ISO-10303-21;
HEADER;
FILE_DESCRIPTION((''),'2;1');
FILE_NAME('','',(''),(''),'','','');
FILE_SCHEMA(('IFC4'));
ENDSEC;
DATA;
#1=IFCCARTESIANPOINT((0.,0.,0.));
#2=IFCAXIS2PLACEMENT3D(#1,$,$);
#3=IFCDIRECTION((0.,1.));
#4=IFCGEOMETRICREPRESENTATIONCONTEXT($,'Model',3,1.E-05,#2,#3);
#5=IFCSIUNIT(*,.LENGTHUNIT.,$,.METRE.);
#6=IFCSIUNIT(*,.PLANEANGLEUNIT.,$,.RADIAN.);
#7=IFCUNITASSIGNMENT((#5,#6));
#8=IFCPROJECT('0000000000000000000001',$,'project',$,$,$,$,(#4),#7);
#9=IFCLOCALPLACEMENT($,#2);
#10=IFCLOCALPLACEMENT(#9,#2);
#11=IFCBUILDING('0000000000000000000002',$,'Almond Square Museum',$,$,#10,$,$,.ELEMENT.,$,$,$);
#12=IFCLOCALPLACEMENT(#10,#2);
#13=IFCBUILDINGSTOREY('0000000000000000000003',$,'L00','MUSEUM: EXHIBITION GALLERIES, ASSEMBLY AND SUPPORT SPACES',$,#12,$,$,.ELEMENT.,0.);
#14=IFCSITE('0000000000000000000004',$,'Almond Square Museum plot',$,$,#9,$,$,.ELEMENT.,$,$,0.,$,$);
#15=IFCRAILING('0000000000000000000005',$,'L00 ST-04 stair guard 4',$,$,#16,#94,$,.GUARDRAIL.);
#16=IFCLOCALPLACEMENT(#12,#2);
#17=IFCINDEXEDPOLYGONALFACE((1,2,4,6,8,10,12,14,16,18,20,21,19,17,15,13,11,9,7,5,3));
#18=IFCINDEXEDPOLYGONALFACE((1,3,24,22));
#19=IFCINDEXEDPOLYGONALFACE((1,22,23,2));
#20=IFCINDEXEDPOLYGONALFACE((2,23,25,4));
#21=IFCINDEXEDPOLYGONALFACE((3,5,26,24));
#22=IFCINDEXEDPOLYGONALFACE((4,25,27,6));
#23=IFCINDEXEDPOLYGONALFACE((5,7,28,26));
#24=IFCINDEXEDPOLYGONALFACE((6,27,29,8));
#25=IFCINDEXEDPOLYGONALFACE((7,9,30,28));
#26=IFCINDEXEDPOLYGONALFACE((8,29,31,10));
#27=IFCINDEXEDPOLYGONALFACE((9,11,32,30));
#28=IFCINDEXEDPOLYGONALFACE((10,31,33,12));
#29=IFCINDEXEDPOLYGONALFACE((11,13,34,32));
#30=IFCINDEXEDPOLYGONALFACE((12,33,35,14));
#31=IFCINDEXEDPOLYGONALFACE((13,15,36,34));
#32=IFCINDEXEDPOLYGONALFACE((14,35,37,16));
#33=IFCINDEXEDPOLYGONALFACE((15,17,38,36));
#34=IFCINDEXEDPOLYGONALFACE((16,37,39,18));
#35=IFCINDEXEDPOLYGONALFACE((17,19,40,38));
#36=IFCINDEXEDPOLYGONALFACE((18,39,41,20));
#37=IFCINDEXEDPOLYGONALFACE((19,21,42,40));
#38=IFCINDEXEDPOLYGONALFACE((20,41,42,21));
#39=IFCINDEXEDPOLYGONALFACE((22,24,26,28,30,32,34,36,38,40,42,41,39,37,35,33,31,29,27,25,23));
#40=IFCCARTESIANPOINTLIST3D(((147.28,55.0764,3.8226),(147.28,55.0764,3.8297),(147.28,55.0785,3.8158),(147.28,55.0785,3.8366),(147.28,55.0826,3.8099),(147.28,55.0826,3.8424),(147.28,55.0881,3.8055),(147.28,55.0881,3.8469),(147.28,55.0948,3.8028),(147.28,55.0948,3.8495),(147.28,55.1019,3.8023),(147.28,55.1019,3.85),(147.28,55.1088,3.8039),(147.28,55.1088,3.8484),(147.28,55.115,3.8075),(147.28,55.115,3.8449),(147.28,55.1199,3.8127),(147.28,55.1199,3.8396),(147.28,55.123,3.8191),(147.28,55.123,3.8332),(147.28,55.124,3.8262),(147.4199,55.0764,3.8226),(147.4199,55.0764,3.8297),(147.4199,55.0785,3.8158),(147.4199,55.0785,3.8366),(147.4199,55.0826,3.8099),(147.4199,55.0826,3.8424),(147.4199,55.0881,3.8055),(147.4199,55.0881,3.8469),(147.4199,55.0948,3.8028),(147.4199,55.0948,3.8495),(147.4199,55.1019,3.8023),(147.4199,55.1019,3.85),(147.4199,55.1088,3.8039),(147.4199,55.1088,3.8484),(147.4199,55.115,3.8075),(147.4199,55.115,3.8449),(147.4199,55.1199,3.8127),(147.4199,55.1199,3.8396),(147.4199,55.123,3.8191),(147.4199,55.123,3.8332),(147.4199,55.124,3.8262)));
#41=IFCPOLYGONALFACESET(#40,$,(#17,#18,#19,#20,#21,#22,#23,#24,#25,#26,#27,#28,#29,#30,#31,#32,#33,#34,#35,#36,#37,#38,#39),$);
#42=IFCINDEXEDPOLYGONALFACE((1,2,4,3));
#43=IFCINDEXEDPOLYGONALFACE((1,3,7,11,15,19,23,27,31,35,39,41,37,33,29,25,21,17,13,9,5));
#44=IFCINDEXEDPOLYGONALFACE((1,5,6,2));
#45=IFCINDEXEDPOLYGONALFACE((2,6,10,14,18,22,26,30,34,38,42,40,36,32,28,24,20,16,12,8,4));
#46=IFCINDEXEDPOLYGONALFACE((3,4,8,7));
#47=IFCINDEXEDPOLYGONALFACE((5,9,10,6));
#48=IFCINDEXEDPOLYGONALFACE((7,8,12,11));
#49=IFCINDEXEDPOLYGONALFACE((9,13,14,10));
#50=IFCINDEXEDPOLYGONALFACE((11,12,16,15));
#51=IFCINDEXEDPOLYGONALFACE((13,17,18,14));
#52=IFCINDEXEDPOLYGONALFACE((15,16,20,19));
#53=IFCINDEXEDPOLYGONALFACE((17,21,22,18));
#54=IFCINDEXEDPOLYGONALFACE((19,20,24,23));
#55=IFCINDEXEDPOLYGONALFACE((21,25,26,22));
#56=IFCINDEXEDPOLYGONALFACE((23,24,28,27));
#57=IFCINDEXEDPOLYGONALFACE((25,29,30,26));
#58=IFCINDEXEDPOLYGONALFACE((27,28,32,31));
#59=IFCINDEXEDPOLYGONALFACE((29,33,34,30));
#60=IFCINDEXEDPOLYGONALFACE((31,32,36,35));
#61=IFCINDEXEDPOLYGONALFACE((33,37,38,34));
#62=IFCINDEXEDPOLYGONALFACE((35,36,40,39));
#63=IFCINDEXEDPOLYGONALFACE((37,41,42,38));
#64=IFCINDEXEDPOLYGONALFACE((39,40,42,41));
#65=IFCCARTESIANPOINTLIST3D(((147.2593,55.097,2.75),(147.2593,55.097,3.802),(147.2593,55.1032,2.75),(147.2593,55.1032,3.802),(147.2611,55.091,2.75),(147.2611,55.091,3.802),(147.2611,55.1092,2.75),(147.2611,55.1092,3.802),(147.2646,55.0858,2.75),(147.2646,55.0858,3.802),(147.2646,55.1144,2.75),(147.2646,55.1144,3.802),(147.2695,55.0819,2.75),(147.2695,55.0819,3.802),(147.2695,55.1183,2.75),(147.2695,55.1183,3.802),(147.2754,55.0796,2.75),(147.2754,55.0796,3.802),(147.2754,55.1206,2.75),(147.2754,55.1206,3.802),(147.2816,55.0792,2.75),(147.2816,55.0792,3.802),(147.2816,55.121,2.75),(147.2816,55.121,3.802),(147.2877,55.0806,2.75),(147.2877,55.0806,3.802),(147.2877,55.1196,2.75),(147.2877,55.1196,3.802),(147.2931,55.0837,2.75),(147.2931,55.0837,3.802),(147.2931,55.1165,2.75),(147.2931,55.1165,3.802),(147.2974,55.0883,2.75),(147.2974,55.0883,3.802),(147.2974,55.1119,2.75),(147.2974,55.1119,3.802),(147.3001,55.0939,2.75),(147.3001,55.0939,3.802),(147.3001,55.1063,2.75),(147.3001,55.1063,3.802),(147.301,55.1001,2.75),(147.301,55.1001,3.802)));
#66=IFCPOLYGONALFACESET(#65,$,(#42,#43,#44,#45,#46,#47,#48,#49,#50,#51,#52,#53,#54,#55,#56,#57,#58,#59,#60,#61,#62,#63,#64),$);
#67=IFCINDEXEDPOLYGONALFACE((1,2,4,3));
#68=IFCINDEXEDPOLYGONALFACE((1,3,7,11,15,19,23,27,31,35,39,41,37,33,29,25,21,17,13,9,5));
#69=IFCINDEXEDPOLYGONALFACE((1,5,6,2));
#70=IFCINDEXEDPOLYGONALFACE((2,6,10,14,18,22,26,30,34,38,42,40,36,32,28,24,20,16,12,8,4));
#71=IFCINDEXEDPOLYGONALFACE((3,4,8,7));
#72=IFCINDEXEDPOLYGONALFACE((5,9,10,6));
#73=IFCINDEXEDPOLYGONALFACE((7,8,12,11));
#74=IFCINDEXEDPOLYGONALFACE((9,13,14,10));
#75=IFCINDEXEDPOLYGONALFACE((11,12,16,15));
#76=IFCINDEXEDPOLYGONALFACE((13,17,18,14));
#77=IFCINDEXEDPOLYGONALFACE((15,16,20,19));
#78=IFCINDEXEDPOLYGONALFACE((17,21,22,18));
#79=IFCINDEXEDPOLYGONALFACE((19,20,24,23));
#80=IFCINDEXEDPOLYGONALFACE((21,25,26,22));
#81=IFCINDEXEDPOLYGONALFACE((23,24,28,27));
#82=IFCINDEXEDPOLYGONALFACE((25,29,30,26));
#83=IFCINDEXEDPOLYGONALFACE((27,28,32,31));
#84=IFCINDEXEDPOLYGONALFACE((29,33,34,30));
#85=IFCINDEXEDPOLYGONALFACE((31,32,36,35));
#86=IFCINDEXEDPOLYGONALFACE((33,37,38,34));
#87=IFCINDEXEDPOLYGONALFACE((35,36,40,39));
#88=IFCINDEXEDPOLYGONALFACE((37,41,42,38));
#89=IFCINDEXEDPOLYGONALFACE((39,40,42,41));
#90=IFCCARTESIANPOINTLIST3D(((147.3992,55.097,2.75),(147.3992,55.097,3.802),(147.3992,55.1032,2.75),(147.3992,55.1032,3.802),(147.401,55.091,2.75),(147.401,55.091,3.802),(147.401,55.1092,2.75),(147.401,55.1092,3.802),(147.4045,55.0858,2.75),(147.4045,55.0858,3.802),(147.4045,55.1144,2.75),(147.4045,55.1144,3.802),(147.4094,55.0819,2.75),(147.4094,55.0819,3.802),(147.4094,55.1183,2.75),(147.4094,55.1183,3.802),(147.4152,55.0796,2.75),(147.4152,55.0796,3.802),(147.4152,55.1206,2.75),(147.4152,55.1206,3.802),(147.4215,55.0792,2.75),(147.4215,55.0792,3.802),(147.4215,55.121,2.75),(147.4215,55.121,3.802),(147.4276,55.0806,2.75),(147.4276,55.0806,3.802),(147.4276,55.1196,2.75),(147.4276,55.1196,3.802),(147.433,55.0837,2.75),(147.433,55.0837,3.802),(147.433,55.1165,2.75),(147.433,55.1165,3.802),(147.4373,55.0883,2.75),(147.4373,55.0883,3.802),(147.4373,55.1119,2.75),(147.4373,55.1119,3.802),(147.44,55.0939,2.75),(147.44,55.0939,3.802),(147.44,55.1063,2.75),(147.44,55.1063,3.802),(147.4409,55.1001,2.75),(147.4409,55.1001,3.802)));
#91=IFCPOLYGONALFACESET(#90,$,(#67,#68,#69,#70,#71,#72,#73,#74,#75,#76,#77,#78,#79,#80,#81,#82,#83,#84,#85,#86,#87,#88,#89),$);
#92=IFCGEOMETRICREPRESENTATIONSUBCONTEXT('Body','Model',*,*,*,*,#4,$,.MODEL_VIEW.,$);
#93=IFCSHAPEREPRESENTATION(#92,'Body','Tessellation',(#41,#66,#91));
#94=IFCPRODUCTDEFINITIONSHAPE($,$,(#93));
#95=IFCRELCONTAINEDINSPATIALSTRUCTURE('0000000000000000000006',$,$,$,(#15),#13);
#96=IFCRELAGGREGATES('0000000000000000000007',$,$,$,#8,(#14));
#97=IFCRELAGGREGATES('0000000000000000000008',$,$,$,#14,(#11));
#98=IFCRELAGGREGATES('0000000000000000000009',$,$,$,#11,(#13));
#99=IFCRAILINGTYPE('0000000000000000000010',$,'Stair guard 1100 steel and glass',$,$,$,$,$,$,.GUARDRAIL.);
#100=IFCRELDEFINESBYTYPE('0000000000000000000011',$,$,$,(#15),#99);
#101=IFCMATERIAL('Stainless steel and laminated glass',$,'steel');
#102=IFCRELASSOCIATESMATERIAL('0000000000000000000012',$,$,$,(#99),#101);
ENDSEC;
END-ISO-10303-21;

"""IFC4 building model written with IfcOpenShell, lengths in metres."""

from ifc_helpers import new_model, si_unit, direction, frame, origin, origin_2d, place, context, subcontext, project, spatial, circle, extrude, material, type_object, element, save


model = new_model("IFC4")

# Units and contexts
model_context = context("Model", 3, precision=1e-05, world=origin(), true_north=direction((0.0, 1.0)))
body_context = subcontext(model_context, "Body", "Model", "MODEL_VIEW")
ifc_project = project(units=[si_unit("LENGTHUNIT", "METRE"), si_unit("PLANEANGLEUNIT", "RADIAN")], contexts=[model_context])

# Site, building, storey
site_placement = place(None, origin())
site = spatial("IfcSite", under=ifc_project, at=site_placement, Name="Almond Square Museum plot", CompositionType="ELEMENT", RefElevation=0.0)
building_placement = place(site_placement, origin())
building = spatial("IfcBuilding", under=site, at=building_placement, Name="Almond Square Museum", CompositionType="ELEMENT")
storey_placement = place(building_placement, origin())
storey = spatial("IfcBuildingStorey", under=building, at=storey_placement, Name="L00", Description="MUSEUM: EXHIBITION GALLERIES, ASSEMBLY AND SUPPORT SPACES", CompositionType="ELEMENT", Elevation=0.0)

# Railing
ifc_material_1 = material(Name="Stainless steel and laminated glass", Category="steel")
railing_type_1 = type_object("IfcRailingType", Name="Stair guard 1100 steel and glass", PredefinedType="GUARDRAIL", material=ifc_material_1)
railing_1_placement = place(storey_placement, frame((147.28, 55.1001, 2.75)))
element("IfcRailing", 1, at=railing_1_placement, inside=storey, type_object=railing_type_1, Name="L00 ST-04 stair guard 4", PredefinedType="GUARDRAIL", context=body_context, shape_type="SweptSolid", body=[
    extrude(circle(Radius=0.0239, at=origin_2d()), frame((0.0, 0.0, 1.0762), z_axis=(1.0, 0.0, 0.0), x_axis=(0.0, 1.0, 0.0)), (0.0, 0.0, 1.0), 0.1399),
    extrude(circle(Radius=0.021, at=origin_2d()), origin(), (0.0, 0.0, 1.0), 1.052),
    extrude(circle(Radius=0.021, at=origin_2d()), frame((0.1399, 0.0, 0.0)), (0.0, 0.0, 1.0), 1.052),
])

save(model, "model.ifc")
